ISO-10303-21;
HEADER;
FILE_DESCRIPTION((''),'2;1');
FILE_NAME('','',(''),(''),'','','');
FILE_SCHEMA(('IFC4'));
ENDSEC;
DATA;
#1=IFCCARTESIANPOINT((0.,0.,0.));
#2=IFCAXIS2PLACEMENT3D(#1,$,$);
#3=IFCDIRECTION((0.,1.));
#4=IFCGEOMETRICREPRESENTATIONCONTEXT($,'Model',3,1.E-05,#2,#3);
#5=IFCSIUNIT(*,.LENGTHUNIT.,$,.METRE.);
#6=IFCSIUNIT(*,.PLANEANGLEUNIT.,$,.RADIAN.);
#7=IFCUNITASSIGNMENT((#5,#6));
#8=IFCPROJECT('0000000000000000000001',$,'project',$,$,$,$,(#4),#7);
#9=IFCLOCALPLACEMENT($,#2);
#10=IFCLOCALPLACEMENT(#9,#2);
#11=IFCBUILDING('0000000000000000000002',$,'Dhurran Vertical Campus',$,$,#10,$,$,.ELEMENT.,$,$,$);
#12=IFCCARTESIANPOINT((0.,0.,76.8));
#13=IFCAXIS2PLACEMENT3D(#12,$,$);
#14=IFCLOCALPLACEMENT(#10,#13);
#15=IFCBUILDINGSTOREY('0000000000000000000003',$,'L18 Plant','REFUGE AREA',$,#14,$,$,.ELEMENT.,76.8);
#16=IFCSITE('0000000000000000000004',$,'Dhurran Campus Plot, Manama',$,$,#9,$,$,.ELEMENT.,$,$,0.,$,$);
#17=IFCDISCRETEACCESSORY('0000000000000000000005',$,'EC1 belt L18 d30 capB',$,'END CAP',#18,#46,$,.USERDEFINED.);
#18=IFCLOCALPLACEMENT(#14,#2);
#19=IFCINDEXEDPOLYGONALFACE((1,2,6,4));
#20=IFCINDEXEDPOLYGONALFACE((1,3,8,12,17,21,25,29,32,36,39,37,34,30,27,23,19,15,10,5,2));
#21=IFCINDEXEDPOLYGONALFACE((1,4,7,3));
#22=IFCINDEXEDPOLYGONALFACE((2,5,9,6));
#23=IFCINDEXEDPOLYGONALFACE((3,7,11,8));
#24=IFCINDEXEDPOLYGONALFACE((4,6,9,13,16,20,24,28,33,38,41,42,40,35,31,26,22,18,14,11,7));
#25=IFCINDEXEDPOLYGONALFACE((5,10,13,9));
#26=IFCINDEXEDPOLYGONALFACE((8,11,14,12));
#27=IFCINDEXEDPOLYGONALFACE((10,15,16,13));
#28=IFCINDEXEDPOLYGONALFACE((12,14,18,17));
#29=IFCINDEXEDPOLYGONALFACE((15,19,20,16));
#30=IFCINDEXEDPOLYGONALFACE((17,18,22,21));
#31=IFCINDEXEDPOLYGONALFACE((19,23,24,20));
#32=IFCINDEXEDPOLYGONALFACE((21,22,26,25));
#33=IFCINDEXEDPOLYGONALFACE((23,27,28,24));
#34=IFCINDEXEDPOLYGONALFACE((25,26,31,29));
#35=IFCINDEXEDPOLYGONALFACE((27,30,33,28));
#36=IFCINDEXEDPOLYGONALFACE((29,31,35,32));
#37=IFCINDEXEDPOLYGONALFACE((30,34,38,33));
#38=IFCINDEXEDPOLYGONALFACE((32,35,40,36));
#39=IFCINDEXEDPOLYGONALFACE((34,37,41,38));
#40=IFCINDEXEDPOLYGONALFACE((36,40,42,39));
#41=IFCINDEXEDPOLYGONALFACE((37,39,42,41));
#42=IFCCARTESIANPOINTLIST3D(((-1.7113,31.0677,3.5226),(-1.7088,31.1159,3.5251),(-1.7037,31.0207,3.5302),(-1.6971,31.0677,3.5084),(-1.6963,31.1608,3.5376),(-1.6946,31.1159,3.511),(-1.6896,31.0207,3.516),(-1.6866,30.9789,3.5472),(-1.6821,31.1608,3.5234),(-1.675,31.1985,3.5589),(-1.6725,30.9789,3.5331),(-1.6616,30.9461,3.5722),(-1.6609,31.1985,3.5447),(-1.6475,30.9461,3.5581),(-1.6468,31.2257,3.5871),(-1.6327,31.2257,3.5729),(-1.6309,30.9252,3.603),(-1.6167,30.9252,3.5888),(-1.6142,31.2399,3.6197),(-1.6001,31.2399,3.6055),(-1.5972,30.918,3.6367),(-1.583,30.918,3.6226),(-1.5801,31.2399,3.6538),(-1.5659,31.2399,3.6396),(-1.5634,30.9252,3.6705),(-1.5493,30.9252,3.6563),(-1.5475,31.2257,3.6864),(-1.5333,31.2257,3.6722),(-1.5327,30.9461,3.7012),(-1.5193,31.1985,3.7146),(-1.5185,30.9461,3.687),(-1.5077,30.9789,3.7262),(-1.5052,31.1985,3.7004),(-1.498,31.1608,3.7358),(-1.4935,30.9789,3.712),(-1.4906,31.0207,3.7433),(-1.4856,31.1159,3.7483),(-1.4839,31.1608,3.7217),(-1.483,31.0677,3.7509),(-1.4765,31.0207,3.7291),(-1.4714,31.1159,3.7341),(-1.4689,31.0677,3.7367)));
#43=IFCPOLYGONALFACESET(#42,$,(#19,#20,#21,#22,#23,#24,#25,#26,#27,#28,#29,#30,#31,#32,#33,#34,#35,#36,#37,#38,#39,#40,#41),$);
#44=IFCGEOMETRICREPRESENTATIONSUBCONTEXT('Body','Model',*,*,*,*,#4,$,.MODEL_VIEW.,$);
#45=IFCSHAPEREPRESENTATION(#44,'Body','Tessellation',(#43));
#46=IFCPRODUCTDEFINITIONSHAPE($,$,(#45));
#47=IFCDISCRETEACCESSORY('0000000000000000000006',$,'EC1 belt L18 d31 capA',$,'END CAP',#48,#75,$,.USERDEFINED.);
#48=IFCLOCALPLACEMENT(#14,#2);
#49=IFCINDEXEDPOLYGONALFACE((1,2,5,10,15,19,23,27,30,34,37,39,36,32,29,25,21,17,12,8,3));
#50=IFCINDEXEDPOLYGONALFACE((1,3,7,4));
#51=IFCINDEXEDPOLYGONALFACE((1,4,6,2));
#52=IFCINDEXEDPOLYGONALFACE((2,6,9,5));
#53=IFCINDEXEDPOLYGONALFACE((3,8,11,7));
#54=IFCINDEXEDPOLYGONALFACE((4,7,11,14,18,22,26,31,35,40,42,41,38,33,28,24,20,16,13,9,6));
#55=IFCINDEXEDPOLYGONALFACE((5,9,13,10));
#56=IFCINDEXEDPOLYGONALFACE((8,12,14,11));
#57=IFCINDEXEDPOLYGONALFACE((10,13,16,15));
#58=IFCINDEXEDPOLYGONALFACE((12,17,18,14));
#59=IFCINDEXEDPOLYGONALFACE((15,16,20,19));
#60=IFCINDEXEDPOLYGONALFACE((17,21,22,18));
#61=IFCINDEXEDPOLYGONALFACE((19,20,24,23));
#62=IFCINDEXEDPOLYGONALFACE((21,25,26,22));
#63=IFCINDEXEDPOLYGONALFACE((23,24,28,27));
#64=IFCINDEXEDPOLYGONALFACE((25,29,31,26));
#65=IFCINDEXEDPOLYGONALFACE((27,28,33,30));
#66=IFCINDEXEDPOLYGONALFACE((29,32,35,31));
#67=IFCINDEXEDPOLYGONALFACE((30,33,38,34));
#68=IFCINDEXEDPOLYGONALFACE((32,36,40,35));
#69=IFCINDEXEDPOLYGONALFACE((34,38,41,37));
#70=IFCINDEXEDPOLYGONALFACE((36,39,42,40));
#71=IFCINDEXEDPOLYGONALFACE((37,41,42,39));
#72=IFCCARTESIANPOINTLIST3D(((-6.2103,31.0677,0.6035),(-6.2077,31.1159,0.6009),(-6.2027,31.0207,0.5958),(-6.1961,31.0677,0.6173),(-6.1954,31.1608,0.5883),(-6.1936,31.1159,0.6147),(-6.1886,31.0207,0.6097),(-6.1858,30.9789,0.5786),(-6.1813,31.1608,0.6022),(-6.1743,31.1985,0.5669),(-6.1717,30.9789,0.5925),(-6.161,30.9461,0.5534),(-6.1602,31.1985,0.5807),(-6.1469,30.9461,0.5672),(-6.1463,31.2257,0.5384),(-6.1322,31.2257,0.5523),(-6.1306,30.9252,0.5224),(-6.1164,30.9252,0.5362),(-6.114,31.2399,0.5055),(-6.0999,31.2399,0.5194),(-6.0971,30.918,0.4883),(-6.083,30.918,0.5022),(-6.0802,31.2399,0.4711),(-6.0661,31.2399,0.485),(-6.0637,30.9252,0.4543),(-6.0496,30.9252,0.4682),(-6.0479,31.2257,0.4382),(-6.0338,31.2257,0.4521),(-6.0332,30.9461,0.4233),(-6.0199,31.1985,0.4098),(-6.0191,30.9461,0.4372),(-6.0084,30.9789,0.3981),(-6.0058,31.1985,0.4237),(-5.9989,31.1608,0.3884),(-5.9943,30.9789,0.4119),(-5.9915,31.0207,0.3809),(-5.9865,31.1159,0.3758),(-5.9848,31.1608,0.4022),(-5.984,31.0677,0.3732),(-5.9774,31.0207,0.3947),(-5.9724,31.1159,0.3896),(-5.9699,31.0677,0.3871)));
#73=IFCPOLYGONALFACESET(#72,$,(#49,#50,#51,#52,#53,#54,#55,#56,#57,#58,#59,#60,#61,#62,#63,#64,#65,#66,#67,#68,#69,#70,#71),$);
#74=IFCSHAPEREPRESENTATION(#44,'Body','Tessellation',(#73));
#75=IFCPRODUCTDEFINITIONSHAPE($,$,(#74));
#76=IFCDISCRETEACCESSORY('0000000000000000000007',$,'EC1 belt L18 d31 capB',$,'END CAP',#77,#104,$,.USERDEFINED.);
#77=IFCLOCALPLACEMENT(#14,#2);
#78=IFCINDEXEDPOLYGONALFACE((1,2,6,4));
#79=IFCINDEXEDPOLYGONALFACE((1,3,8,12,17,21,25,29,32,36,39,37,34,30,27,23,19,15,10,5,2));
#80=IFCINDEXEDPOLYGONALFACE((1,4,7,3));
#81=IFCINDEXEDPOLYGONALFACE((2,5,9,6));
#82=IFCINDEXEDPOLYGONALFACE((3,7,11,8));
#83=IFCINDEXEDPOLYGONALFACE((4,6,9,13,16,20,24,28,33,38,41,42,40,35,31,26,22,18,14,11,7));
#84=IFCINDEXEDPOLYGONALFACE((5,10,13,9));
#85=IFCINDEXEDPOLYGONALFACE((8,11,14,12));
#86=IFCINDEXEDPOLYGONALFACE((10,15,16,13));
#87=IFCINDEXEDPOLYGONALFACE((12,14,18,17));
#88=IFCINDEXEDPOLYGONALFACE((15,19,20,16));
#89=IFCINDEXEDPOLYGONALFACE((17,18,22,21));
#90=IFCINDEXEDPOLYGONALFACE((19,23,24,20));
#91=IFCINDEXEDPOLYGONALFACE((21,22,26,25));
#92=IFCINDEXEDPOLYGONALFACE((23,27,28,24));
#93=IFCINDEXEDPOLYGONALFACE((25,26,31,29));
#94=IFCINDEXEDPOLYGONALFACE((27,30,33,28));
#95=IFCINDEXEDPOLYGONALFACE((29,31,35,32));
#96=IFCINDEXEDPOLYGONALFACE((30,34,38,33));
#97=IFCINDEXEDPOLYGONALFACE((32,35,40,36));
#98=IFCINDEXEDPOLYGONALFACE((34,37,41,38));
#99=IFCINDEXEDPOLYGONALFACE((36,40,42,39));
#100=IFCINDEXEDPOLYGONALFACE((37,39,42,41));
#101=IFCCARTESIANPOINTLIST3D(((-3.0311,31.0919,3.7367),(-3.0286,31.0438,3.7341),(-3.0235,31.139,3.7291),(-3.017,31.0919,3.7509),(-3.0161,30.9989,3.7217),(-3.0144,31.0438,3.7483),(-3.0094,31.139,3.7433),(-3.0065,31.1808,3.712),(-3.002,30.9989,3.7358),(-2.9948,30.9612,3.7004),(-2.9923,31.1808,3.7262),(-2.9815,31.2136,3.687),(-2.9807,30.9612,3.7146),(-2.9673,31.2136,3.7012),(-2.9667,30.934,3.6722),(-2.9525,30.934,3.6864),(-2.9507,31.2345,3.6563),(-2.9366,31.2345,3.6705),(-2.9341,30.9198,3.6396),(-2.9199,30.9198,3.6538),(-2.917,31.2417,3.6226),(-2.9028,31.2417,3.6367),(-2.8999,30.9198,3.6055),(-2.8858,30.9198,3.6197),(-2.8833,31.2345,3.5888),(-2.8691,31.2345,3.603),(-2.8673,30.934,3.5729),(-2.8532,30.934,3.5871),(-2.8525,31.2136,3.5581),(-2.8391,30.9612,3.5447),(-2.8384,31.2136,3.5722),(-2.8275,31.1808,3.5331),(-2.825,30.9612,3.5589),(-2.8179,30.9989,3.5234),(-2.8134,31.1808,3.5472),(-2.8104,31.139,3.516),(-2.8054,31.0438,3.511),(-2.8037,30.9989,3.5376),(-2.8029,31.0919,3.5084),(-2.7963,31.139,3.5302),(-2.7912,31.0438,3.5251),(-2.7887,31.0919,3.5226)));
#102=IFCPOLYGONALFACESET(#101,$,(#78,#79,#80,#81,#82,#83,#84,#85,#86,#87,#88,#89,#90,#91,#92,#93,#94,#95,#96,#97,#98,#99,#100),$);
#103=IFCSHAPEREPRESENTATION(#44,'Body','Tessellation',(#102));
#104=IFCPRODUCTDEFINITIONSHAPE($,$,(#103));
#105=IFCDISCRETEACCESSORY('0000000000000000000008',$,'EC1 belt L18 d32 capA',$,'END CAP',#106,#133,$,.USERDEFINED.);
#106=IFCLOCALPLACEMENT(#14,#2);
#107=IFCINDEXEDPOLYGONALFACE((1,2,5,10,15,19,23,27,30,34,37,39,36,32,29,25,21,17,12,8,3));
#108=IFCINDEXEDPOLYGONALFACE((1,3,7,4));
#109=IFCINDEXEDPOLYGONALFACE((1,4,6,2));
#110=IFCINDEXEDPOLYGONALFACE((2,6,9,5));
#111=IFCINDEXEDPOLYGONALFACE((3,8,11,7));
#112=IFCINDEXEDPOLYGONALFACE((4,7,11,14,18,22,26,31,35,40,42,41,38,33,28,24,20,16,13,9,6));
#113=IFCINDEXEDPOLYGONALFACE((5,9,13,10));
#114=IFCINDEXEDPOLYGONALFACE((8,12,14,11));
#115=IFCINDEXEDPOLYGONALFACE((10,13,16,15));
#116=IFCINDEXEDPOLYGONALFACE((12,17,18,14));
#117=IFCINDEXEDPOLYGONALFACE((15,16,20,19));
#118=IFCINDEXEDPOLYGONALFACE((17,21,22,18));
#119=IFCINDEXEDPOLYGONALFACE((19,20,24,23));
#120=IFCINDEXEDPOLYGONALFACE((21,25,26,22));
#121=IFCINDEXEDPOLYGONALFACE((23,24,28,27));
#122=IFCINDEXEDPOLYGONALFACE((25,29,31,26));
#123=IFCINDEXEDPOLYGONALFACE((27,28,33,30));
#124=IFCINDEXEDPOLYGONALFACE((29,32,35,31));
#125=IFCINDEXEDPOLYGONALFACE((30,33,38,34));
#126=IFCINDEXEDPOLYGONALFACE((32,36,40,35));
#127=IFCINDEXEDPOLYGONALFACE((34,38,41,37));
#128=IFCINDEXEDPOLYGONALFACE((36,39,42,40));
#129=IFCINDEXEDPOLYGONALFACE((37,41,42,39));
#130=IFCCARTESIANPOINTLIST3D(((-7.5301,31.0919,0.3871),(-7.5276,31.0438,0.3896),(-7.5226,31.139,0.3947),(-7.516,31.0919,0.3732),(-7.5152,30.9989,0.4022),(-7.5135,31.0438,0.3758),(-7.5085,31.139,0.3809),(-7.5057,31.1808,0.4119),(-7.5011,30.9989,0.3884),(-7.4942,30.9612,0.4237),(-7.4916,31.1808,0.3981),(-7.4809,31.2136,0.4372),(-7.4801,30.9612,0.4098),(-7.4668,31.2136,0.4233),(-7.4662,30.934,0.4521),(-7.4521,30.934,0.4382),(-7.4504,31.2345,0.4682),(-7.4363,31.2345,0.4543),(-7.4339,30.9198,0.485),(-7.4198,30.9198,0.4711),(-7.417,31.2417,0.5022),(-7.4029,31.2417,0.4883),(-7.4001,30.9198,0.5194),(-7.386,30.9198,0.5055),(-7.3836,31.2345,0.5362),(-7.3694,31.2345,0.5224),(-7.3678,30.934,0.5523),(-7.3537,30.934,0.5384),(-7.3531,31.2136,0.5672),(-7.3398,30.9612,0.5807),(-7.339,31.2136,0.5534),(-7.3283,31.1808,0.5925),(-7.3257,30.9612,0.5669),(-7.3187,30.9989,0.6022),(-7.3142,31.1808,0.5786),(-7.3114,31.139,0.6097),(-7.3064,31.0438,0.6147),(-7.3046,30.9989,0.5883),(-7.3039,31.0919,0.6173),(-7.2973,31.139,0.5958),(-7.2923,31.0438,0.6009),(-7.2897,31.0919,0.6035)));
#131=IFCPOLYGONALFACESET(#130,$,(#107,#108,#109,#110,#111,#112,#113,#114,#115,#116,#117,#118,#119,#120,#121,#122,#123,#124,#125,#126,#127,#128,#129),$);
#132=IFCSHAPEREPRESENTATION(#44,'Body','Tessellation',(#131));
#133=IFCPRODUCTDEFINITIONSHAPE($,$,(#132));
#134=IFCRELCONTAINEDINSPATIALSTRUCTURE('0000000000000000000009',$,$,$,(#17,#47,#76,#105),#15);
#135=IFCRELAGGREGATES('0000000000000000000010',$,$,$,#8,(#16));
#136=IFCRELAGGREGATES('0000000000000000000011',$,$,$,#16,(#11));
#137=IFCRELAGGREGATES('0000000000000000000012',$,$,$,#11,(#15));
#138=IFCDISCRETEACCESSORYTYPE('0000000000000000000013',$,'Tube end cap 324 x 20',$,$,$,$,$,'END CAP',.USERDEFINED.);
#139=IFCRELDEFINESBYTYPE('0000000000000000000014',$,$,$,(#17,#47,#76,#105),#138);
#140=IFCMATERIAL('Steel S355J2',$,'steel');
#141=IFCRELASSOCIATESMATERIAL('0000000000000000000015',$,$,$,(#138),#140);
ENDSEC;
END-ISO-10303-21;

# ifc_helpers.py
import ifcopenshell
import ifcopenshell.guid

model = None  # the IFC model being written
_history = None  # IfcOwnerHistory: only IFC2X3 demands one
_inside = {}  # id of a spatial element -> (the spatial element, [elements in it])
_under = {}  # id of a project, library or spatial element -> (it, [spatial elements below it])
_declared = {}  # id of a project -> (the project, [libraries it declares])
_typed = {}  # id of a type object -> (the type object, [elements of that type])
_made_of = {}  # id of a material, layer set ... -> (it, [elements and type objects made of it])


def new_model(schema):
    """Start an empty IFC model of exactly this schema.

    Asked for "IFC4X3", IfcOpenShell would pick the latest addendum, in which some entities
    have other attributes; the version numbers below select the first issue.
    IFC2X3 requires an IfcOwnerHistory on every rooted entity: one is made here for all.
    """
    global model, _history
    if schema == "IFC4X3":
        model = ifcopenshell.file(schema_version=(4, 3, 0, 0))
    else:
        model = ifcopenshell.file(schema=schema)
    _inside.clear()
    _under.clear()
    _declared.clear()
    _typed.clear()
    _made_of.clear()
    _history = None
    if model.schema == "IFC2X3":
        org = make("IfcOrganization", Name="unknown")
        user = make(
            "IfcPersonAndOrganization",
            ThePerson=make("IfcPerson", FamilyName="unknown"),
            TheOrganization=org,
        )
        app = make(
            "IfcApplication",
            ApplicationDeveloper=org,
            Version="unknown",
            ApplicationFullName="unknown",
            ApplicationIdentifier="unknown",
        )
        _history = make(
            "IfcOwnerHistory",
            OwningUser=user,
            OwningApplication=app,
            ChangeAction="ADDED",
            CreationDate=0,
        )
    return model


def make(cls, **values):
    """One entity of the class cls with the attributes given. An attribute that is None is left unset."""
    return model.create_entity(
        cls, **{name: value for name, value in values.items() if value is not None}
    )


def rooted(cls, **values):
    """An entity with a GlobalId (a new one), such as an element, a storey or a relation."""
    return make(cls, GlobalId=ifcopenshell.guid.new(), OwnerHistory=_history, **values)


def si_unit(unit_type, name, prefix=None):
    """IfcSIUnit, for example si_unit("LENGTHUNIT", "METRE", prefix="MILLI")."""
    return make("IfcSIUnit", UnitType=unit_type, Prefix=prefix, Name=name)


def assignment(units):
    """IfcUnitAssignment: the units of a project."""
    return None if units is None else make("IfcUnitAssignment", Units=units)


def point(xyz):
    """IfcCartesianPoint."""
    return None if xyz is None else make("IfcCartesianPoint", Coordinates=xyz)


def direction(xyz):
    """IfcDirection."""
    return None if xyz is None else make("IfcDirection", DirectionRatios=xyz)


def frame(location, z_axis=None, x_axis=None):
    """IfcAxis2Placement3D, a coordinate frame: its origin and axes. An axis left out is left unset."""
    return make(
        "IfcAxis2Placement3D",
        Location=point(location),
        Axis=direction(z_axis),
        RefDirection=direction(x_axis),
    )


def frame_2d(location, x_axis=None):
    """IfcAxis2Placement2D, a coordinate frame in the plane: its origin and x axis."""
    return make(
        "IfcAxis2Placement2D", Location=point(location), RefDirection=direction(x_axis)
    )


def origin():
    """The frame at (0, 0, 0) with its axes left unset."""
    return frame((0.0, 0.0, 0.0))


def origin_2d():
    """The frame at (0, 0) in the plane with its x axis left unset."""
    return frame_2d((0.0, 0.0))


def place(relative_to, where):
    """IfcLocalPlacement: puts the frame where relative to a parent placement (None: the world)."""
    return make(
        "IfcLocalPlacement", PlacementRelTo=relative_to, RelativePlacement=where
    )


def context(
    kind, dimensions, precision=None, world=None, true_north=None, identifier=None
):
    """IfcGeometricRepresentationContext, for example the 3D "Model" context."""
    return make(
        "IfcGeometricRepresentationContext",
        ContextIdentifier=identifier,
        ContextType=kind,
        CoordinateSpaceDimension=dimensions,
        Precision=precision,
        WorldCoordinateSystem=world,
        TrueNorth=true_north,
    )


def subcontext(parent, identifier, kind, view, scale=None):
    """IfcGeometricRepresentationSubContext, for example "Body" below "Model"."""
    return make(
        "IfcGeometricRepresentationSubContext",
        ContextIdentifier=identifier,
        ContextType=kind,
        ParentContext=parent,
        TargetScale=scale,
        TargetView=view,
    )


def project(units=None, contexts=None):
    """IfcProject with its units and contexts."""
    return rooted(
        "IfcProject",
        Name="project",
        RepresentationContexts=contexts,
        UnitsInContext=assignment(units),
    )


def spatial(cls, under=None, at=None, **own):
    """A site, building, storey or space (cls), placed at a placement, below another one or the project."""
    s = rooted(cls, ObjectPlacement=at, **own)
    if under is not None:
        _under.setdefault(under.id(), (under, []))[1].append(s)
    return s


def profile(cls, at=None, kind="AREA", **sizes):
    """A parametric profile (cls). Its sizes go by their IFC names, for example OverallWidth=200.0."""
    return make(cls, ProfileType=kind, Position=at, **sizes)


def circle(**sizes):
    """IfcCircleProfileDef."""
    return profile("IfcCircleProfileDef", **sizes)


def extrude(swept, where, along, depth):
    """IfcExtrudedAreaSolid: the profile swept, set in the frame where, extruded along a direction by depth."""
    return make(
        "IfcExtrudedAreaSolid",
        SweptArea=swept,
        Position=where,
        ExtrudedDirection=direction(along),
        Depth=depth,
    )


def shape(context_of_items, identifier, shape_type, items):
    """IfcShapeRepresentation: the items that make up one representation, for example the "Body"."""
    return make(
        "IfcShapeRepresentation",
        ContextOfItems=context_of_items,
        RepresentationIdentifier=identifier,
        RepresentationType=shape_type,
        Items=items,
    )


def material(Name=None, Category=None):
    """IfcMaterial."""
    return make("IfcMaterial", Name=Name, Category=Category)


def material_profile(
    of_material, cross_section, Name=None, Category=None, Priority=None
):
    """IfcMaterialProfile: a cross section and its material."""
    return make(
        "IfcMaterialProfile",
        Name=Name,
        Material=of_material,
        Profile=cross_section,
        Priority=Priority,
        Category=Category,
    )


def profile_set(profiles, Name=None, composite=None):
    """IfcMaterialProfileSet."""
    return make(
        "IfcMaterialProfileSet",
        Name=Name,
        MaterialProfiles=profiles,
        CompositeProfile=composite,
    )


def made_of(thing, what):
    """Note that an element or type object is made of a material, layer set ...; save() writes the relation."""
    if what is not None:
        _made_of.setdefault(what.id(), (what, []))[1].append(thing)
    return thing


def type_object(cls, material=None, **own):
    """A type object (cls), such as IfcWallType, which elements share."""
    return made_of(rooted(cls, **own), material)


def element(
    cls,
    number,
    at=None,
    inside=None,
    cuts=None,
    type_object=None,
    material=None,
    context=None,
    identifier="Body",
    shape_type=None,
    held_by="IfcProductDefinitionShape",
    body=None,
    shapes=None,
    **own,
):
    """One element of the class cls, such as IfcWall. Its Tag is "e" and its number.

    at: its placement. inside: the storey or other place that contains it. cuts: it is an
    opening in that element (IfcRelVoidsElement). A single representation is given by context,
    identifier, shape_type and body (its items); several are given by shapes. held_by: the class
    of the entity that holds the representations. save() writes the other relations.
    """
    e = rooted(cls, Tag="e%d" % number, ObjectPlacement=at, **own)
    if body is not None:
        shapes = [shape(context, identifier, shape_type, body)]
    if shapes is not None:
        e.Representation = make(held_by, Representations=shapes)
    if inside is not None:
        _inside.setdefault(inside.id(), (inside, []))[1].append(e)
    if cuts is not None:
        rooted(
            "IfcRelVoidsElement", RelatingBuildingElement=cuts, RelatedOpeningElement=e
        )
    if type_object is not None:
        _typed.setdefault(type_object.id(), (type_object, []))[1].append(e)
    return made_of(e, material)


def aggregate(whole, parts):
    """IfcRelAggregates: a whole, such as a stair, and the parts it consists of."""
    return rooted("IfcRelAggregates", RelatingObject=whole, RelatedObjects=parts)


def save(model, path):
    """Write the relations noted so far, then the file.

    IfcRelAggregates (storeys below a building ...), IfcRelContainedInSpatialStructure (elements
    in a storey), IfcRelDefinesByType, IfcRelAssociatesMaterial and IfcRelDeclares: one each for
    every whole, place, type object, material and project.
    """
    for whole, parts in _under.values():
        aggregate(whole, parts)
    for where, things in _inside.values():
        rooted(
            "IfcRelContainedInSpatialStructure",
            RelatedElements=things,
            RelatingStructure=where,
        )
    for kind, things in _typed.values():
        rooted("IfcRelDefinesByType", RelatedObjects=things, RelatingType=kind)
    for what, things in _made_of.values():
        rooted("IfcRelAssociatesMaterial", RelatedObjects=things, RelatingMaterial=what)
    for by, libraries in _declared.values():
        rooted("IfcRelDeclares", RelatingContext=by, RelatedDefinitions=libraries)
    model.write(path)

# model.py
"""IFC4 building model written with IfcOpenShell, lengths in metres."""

from ifc_helpers import new_model, si_unit, direction, frame, origin, origin_2d, place, context, subcontext, project, spatial, circle, extrude, material, material_profile, profile_set, type_object, element, save


model = new_model("IFC4")

# Units and contexts
model_context = context("Model", 3, precision=1e-05, world=origin(), true_north=direction((0.0, 1.0)))
body_context = subcontext(model_context, "Body", "Model", "MODEL_VIEW")
ifc_project = project(units=[si_unit("LENGTHUNIT", "METRE"), si_unit("PLANEANGLEUNIT", "RADIAN")], contexts=[model_context])

# Site, building, storey
site_placement = place(None, origin())
site = spatial("IfcSite", under=ifc_project, at=site_placement, Name="Dhurran Campus Plot, Manama", CompositionType="ELEMENT", RefElevation=0.0)
building_placement = place(site_placement, origin())
building = spatial("IfcBuilding", under=site, at=building_placement, Name="Dhurran Vertical Campus", CompositionType="ELEMENT")
storey_placement = place(building_placement, frame((0.0, 0.0, 76.8)))
storey = spatial("IfcBuildingStorey", under=building, at=storey_placement, Name="L18 Plant", Description="REFUGE AREA", CompositionType="ELEMENT", Elevation=76.8)

# Discrete accessories
ifc_material_1 = material(Name="Steel S355J2", Category="steel")
ifc_material_profile_1 = material_profile(ifc_material_1, circle(Radius=0.1619, at=origin_2d()), Name="Tube end cap 324 x 20")
ifc_profile_set_1 = profile_set([ifc_material_profile_1], Name="Steel S355J2")
discrete_accessory_type = type_object("IfcDiscreteAccessoryType", Name="Tube end cap 324 x 20", ElementType="END CAP", PredefinedType="USERDEFINED", material=ifc_profile_set_1)
discrete_accessory_1_placement = place(storey_placement, frame((-1.583, 31.0798, 3.6226), z_axis=(-0.707107, 0.0, 0.707107), x_axis=(0.0, -1.0, 0.0)))
element("IfcDiscreteAccessory", 1, at=discrete_accessory_1_placement, inside=storey, type_object=discrete_accessory_type, Name="EC1 belt L18 d30 capB", ObjectType="END CAP", PredefinedType="USERDEFINED", context=body_context, shape_type="SweptSolid", body=[
    extrude(circle(Radius=0.1619, at=origin_2d()), origin(), (0.0, 0.0, 1.0), 0.02),
])
discrete_accessory_2_placement = place(storey_placement, frame((-6.083, 31.0798, 0.5022), z_axis=(-0.713229, 0.0, -0.700932), x_axis=(0.0, -1.0, 0.0)))
element("IfcDiscreteAccessory", 2, at=discrete_accessory_2_placement, inside=storey, type_object=discrete_accessory_type, Name="EC1 belt L18 d31 capA", ObjectType="END CAP", PredefinedType="USERDEFINED", context=body_context, shape_type="SweptSolid", body=[
    extrude(circle(Radius=0.1619, at=origin_2d()), origin(), (0.0, 0.0, 1.0), 0.0198),
])
discrete_accessory_3_placement = place(storey_placement, frame((-2.917, 31.0798, 3.6226), z_axis=(0.707107, 0.0, 0.707107), x_axis=(0.0, 1.0, 0.0)))
element("IfcDiscreteAccessory", 3, at=discrete_accessory_3_placement, inside=storey, type_object=discrete_accessory_type, Name="EC1 belt L18 d31 capB", ObjectType="END CAP", PredefinedType="USERDEFINED", context=body_context, shape_type="SweptSolid", body=[
    extrude(circle(Radius=0.1619, at=origin_2d()), origin(), (0.0, 0.0, 1.0), 0.02),
])
discrete_accessory_4_placement = place(storey_placement, frame((-7.417, 31.0798, 0.5022), z_axis=(0.713229, 0.0, -0.700932), x_axis=(0.0, 1.0, 0.0)))
element("IfcDiscreteAccessory", 4, at=discrete_accessory_4_placement, inside=storey, type_object=discrete_accessory_type, Name="EC1 belt L18 d32 capA", ObjectType="END CAP", PredefinedType="USERDEFINED", context=body_context, shape_type="SweptSolid", body=[
    extrude(circle(Radius=0.1619, at=origin_2d()), origin(), (0.0, 0.0, 1.0), 0.0198),
])

save(model, "model.ifc")
